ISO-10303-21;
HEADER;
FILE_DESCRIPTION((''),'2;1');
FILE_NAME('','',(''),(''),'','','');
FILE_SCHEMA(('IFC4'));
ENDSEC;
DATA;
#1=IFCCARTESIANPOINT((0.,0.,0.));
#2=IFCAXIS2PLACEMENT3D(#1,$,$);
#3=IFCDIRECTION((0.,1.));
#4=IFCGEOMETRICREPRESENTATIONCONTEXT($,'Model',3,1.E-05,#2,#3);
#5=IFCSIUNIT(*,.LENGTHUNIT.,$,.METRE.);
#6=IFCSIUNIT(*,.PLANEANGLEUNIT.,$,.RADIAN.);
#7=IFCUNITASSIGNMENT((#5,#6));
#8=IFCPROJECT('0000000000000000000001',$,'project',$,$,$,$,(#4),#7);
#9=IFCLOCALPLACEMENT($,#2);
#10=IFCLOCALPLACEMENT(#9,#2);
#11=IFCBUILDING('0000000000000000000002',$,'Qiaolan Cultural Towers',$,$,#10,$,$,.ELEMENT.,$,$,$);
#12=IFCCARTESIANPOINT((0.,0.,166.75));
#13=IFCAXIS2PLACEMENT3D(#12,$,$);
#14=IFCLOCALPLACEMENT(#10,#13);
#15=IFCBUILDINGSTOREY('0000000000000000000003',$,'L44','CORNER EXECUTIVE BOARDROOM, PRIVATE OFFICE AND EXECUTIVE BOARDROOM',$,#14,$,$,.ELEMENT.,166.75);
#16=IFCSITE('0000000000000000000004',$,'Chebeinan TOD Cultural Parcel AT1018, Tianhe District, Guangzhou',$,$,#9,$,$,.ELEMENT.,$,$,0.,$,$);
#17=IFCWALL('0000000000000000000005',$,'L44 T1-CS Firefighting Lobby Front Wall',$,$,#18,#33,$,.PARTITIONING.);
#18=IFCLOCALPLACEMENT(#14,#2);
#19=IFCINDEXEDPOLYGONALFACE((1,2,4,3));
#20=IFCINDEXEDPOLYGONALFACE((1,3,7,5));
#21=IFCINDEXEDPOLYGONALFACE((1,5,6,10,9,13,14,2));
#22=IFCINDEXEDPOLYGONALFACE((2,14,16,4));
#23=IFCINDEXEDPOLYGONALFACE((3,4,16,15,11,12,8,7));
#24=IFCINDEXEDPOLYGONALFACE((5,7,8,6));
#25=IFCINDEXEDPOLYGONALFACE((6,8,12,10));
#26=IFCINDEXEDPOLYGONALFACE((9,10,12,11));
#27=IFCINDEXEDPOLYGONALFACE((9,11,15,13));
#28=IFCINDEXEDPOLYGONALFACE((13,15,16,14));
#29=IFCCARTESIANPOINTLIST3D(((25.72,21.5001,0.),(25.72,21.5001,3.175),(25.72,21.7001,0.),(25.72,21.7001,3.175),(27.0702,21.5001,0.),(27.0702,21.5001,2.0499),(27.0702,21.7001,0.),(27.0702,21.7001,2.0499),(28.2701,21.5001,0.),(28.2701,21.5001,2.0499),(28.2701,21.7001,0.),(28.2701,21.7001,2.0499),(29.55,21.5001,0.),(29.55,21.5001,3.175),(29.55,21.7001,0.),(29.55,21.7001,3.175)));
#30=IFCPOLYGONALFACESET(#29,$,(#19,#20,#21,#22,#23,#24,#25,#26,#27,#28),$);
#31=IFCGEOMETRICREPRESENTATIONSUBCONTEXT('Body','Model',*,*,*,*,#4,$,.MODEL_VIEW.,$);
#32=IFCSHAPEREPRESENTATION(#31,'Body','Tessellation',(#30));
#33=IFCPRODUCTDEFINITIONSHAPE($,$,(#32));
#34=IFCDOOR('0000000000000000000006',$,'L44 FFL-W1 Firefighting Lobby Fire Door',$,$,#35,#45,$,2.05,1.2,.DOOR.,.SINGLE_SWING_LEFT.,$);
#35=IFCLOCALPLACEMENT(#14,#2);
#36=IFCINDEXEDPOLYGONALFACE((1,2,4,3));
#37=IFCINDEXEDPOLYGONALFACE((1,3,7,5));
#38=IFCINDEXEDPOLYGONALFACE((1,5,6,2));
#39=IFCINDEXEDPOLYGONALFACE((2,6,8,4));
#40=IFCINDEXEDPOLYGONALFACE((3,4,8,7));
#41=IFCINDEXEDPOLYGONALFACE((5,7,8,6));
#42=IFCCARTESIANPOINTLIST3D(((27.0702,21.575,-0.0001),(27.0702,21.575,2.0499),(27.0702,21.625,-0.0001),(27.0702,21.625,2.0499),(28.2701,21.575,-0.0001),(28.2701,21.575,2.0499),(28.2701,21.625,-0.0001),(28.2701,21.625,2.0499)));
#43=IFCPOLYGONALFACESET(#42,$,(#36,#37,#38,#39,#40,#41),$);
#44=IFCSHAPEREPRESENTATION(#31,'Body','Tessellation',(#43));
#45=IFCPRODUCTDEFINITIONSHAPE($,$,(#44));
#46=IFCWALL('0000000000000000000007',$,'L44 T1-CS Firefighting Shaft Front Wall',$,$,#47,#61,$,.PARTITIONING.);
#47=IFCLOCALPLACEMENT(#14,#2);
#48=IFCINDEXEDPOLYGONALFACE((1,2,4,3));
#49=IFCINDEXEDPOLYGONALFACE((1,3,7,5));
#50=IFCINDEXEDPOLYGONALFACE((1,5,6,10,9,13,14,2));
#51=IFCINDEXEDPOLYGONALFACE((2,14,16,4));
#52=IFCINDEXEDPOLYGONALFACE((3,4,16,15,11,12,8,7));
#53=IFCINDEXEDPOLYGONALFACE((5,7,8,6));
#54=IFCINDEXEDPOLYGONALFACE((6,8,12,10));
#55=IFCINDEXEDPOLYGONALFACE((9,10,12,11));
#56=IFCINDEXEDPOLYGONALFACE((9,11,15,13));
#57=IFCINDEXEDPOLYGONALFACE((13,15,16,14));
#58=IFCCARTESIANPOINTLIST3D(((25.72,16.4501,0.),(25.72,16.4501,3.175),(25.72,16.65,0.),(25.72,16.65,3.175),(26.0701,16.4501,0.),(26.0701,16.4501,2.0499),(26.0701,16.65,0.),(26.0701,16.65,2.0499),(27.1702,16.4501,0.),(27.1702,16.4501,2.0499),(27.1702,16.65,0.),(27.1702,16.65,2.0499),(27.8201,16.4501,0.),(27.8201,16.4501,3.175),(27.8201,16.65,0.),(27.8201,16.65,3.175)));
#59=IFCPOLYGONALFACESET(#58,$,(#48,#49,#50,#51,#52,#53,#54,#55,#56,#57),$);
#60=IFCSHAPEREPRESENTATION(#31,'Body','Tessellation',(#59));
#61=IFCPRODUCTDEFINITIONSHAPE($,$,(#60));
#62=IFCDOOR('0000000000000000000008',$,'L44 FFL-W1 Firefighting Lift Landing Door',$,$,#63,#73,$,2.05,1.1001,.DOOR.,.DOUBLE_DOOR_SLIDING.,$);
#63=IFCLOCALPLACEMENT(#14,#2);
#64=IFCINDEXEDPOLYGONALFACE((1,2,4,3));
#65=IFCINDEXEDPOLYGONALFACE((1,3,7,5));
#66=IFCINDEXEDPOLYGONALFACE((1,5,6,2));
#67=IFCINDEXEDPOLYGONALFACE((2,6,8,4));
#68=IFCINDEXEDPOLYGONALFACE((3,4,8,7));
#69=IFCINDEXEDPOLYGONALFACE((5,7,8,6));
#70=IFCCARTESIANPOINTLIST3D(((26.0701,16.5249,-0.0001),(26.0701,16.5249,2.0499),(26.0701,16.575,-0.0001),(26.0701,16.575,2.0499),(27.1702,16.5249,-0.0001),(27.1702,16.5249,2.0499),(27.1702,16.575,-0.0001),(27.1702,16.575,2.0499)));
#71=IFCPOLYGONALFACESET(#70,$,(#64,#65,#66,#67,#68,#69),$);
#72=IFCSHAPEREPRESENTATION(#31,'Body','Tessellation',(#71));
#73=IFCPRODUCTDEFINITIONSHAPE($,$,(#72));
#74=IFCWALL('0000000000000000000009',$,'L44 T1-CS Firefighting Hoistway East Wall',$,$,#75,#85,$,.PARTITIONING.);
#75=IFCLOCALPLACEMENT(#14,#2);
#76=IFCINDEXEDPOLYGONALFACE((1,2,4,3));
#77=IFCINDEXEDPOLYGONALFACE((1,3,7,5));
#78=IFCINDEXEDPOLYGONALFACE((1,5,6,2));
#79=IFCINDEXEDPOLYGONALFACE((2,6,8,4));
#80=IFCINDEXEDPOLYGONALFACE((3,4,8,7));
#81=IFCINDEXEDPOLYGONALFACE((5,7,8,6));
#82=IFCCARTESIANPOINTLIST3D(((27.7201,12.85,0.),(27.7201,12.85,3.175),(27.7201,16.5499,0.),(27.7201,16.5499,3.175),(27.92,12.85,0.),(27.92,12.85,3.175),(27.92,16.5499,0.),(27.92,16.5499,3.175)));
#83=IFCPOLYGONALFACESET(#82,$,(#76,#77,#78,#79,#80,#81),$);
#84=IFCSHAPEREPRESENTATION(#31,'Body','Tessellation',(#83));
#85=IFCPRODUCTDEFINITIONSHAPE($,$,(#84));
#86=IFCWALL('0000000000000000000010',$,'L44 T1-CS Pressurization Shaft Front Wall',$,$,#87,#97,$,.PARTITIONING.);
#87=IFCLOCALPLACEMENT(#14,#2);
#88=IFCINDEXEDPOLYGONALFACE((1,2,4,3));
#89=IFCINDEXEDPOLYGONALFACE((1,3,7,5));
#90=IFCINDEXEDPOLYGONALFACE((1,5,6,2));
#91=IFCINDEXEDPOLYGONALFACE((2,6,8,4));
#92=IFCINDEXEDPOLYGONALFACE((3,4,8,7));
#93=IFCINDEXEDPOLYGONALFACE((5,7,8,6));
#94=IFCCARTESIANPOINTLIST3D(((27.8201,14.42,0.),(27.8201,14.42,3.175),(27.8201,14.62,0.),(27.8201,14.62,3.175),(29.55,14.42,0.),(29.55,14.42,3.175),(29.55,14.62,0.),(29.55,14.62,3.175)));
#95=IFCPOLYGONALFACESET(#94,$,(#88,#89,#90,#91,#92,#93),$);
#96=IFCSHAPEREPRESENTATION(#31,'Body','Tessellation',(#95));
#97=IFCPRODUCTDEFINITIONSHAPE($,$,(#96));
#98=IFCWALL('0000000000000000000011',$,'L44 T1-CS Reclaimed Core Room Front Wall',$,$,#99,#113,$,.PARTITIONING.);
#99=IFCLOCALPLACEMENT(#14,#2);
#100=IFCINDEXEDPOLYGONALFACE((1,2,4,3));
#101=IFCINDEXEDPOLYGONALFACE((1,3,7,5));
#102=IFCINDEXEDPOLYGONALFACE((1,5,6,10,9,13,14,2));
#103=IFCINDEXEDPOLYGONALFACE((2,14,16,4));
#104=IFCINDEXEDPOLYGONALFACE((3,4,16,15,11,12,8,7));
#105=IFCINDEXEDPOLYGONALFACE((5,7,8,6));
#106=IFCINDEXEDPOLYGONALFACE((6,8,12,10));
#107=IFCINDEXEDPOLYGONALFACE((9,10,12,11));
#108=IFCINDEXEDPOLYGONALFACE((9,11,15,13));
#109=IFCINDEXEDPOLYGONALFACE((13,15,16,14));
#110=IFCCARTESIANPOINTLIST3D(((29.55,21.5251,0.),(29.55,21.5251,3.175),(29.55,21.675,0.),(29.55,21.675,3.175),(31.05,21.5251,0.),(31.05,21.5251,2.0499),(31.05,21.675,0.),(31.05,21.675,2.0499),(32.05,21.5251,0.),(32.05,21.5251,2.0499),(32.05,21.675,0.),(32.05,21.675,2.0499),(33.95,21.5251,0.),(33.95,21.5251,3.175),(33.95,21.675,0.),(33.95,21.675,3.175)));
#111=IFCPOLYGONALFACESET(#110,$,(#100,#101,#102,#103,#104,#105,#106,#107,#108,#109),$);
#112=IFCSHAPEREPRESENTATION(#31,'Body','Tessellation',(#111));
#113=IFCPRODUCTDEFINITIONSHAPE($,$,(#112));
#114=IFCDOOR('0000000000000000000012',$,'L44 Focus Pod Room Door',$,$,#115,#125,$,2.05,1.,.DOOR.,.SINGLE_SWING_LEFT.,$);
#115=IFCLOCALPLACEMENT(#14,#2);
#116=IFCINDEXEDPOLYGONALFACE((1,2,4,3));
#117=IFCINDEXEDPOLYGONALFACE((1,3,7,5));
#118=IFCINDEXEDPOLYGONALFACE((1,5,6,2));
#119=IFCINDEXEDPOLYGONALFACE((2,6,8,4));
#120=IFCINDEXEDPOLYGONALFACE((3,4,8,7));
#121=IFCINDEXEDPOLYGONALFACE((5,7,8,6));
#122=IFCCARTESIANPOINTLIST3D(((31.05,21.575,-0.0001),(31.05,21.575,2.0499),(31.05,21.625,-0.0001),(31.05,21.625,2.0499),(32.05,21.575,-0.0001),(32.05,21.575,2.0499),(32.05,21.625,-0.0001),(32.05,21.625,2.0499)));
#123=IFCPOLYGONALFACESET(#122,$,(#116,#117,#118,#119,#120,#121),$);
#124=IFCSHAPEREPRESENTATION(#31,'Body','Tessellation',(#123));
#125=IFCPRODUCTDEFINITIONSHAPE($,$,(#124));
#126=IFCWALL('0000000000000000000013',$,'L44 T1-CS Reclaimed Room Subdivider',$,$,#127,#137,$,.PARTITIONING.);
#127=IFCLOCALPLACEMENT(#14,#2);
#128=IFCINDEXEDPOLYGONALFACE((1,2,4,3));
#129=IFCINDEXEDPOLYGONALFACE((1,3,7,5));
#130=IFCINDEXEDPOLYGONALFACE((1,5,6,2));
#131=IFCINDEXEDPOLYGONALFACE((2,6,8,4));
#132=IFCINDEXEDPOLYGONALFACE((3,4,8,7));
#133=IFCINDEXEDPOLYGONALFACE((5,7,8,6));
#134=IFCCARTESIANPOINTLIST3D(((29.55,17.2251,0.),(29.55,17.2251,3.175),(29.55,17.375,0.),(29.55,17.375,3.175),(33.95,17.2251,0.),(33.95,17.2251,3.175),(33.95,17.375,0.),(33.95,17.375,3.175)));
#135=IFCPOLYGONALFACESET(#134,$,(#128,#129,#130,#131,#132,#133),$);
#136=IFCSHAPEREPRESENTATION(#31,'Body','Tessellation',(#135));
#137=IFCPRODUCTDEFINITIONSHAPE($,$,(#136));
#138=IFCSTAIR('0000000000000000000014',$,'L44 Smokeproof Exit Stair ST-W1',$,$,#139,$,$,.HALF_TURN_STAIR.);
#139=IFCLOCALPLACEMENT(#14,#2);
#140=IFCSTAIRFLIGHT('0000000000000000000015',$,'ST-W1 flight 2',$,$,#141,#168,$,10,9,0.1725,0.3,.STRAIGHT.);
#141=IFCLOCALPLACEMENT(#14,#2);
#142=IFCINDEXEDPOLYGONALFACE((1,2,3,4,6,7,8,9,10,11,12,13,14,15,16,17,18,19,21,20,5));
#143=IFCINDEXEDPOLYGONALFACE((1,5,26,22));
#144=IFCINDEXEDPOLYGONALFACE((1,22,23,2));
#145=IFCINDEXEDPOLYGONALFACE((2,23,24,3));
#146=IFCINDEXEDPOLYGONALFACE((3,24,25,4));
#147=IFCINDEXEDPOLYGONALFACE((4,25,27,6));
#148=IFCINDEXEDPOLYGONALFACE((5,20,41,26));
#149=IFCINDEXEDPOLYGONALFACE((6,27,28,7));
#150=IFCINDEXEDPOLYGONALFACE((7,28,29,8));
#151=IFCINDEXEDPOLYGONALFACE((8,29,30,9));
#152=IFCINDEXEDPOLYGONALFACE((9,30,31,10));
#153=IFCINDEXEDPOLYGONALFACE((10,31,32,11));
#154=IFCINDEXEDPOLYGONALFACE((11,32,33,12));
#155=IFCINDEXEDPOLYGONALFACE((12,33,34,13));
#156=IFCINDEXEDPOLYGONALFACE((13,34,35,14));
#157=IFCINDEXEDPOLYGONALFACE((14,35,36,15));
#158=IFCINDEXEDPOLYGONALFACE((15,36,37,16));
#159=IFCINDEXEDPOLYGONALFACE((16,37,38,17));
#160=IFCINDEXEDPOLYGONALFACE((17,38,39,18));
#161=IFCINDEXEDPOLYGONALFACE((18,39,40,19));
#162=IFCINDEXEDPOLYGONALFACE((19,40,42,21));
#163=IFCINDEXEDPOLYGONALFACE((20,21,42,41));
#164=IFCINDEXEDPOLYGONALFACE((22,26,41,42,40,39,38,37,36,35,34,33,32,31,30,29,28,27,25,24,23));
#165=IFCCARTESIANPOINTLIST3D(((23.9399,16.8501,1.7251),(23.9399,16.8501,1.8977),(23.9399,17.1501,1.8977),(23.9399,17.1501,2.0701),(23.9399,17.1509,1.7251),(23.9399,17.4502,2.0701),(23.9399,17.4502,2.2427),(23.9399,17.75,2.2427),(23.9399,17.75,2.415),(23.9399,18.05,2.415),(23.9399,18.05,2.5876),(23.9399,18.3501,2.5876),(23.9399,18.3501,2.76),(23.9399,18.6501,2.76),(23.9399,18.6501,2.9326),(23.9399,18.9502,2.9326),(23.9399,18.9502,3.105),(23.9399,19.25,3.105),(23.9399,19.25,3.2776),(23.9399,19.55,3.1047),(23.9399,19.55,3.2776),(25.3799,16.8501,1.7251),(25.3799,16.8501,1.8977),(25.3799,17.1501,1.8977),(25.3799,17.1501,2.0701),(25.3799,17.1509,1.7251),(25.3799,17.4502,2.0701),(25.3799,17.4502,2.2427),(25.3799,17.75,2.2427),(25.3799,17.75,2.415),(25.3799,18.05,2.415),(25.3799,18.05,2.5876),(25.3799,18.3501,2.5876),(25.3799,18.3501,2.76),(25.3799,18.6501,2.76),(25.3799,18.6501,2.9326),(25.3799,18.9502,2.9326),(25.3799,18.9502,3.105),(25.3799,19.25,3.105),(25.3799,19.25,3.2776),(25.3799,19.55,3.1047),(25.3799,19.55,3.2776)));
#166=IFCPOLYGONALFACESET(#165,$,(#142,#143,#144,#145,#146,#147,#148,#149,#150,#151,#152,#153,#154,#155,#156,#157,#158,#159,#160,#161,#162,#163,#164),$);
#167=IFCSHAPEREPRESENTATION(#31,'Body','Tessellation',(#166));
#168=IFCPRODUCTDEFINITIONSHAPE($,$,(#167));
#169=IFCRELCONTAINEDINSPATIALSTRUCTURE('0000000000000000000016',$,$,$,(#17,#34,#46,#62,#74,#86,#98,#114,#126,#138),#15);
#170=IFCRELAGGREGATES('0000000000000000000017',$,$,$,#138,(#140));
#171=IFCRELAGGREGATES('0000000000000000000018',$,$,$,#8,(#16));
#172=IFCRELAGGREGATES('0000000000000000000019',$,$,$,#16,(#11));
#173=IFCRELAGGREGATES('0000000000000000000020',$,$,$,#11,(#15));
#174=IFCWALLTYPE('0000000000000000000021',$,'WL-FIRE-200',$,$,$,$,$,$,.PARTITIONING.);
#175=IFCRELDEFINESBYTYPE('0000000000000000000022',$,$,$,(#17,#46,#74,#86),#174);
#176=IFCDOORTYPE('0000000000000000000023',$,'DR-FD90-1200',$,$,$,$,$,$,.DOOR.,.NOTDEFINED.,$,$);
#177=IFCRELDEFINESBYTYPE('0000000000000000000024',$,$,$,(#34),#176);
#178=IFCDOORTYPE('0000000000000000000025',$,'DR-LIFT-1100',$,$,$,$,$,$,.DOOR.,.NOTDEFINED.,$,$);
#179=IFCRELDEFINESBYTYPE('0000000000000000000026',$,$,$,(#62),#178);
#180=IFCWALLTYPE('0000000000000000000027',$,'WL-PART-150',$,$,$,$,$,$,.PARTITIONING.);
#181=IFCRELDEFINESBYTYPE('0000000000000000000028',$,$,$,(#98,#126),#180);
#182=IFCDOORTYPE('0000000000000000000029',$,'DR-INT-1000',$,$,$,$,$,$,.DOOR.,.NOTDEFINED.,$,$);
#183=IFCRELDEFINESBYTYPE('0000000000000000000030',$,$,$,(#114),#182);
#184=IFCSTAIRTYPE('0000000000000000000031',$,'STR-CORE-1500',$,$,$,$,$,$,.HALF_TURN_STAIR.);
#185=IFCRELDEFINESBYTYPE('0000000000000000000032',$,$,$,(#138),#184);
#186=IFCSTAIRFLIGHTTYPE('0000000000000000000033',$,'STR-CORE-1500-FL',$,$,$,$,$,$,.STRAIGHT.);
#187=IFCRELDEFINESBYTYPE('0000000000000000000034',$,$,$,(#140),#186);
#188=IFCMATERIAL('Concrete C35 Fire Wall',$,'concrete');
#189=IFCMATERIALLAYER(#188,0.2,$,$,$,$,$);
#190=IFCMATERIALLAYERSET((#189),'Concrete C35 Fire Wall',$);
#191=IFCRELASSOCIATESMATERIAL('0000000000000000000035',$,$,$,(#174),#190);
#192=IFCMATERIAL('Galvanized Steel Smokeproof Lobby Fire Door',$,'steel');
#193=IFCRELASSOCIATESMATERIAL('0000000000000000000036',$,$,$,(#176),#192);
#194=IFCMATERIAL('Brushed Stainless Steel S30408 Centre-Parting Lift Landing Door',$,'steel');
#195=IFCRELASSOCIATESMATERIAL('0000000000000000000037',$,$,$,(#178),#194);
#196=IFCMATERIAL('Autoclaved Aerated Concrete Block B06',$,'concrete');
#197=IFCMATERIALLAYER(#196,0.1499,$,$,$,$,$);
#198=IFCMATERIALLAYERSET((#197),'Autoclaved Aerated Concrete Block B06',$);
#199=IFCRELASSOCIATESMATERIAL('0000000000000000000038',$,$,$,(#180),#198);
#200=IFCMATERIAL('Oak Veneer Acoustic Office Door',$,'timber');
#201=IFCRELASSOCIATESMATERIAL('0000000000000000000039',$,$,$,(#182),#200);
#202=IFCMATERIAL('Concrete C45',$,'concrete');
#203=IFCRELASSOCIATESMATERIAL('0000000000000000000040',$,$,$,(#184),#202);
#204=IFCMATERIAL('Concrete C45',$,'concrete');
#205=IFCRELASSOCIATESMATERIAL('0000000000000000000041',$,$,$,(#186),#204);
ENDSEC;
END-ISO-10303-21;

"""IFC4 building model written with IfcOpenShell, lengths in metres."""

from ifc_helpers import new_model, si_unit, direction, frame, frame_2d, origin, place, context, subcontext, project, spatial, polyline, rectangle, outline, extrude, material, layer, layer_set, type_object, element, fill, aggregate, save


model = new_model("IFC4")

# Units and contexts
model_context = context("Model", 3, precision=1e-05, world=origin(), true_north=direction((0.0, 1.0)))
body_context = subcontext(model_context, "Body", "Model", "MODEL_VIEW")
ifc_project = project(units=[si_unit("LENGTHUNIT", "METRE"), si_unit("PLANEANGLEUNIT", "RADIAN")], contexts=[model_context])

# Site, building, storey
site_placement = place(None, origin())
site = spatial("IfcSite", under=ifc_project, at=site_placement, Name="Chebeinan TOD Cultural Parcel AT1018, Tianhe District, Guangzhou", CompositionType="ELEMENT", RefElevation=0.0)
building_placement = place(site_placement, origin())
building = spatial("IfcBuilding", under=site, at=building_placement, Name="Qiaolan Cultural Towers", CompositionType="ELEMENT")
storey_placement = place(building_placement, frame((0.0, 0.0, 166.75)))
storey = spatial("IfcBuildingStorey", under=building, at=storey_placement, Name="L44", Description="CORNER EXECUTIVE BOARDROOM, PRIVATE OFFICE AND EXECUTIVE BOARDROOM", CompositionType="ELEMENT", Elevation=166.75)

# Shared definitions
ifc_material_1 = material(Name="Concrete C35 Fire Wall", Category="concrete")
ifc_layer_1 = layer(ifc_material_1, 0.2)
ifc_layer_set_1 = layer_set([ifc_layer_1], Name="Concrete C35 Fire Wall")
wall_type_1 = type_object("IfcWallType", Name="WL-FIRE-200", PredefinedType="PARTITIONING", material=ifc_layer_set_1)

# Walls, openings, doors
wall_1_placement = place(storey_placement, frame((25.72, 21.6001, 0.0), z_axis=(0.0, 0.0, 1.0), x_axis=(1.0, 0.0, 0.0)))
wall_1 = element("IfcWall", 1, at=wall_1_placement, inside=storey, type_object=wall_type_1, Name="L44 T1-CS Firefighting Lobby Front Wall", PredefinedType="PARTITIONING", context=body_context, shape_type="SweptSolid", body=[
    extrude(rectangle(XDim=3.8301, YDim=0.2, at=frame_2d((1.915, 0.0))), origin(), (0.0, 0.0, 1.0), 3.175),
])
opening_1_placement = place(wall_1_placement, frame((1.3501, 0.0, 0.0)))
opening_1 = element("IfcOpeningElement", 2, at=opening_1_placement, cuts=wall_1, PredefinedType="OPENING", context=body_context, shape_type="SweptSolid", body=[
    extrude(rectangle(XDim=1.2, YDim=2.05, at=frame_2d((0.6001, 1.0249))), frame((0.0, 0.1099, 0.0), z_axis=(0.0, -1.0, 0.0), x_axis=(1.0, 0.0, 0.0)), (0.0, 0.0, 1.0), 0.22),
])
ifc_material_2 = material(Name="Galvanized Steel Smokeproof Lobby Fire Door", Category="steel")
door_type_1 = type_object("IfcDoorType", Name="DR-FD90-1200", OperationType="NOTDEFINED", PredefinedType="DOOR", material=ifc_material_2)
door_1_placement = place(opening_1_placement, origin())
door_1 = element("IfcDoor", 3, at=door_1_placement, inside=storey, type_object=door_type_1, Name="L44 FFL-W1 Firefighting Lobby Fire Door", OperationType="SINGLE_SWING_LEFT", OverallHeight=2.05, OverallWidth=1.2, PredefinedType="DOOR", context=body_context, shape_type="SweptSolid", body=[
    extrude(rectangle(XDim=1.2, YDim=2.05, at=frame_2d((0.6001, 1.0249))), frame((0.0, 0.0249, 0.0), z_axis=(0.0, -1.0, 0.0), x_axis=(1.0, 0.0, 0.0)), (0.0, 0.0, 1.0), 0.05),
])
fill(opening_1, door_1)
wall_2_placement = place(storey_placement, frame((25.72, 16.55, 0.0), z_axis=(0.0, 0.0, 1.0), x_axis=(1.0, 0.0, 0.0)))
wall_2 = element("IfcWall", 4, at=wall_2_placement, inside=storey, type_object=wall_type_1, Name="L44 T1-CS Firefighting Shaft Front Wall", PredefinedType="PARTITIONING", context=body_context, shape_type="SweptSolid", body=[
    extrude(rectangle(XDim=2.1001, YDim=0.2, at=frame_2d((1.05, 0.0))), origin(), (0.0, 0.0, 1.0), 3.175),
])
opening_2_placement = place(wall_2_placement, frame((0.3501, 0.0, 0.0)))
opening_2 = element("IfcOpeningElement", 5, at=opening_2_placement, cuts=wall_2, PredefinedType="OPENING", context=body_context, shape_type="SweptSolid", body=[
    extrude(rectangle(XDim=1.1001, YDim=2.05, at=frame_2d((0.55, 1.0249))), frame((0.0, 0.1099, 0.0), z_axis=(0.0, -1.0, 0.0), x_axis=(1.0, 0.0, 0.0)), (0.0, 0.0, 1.0), 0.22),
])
ifc_material_3 = material(Name="Brushed Stainless Steel S30408 Centre-Parting Lift Landing Door", Category="steel")
door_type_2 = type_object("IfcDoorType", Name="DR-LIFT-1100", OperationType="NOTDEFINED", PredefinedType="DOOR", material=ifc_material_3)
door_2_placement = place(opening_2_placement, origin())
door_2 = element("IfcDoor", 6, at=door_2_placement, inside=storey, type_object=door_type_2, Name="L44 FFL-W1 Firefighting Lift Landing Door", OperationType="DOUBLE_DOOR_SLIDING", OverallHeight=2.05, OverallWidth=1.1001, PredefinedType="DOOR", context=body_context, shape_type="SweptSolid", body=[
    extrude(rectangle(XDim=1.1001, YDim=2.05, at=frame_2d((0.55, 1.0249))), frame((0.0, 0.0249, 0.0), z_axis=(0.0, -1.0, 0.0), x_axis=(1.0, 0.0, 0.0)), (0.0, 0.0, 1.0), 0.05),
])
fill(opening_2, door_2)

# Walls
wall_3_placement = place(storey_placement, frame((27.8201, 16.55, 0.0), z_axis=(0.0, 0.0, 1.0), x_axis=(0.0, -1.0, 0.0)))
element("IfcWall", 7, at=wall_3_placement, inside=storey, type_object=wall_type_1, Name="L44 T1-CS Firefighting Hoistway East Wall", PredefinedType="PARTITIONING", context=body_context, shape_type="SweptSolid", body=[
    extrude(rectangle(XDim=3.7, YDim=0.2, at=frame_2d((1.8501, 0.0))), origin(), (0.0, 0.0, 1.0), 3.175),
])
wall_4_placement = place(storey_placement, frame((27.8201, 14.52, 0.0), z_axis=(0.0, 0.0, 1.0), x_axis=(1.0, 0.0, 0.0)))
element("IfcWall", 8, at=wall_4_placement, inside=storey, type_object=wall_type_1, Name="L44 T1-CS Pressurization Shaft Front Wall", PredefinedType="PARTITIONING", context=body_context, shape_type="SweptSolid", body=[
    extrude(rectangle(XDim=1.73, YDim=0.2, at=frame_2d((0.865, 0.0))), origin(), (0.0, 0.0, 1.0), 3.175),
])

# Wall, opening, door
ifc_material_4 = material(Name="Autoclaved Aerated Concrete Block B06", Category="concrete")
ifc_layer_2 = layer(ifc_material_4, 0.1499)
ifc_layer_set_2 = layer_set([ifc_layer_2], Name="Autoclaved Aerated Concrete Block B06")
wall_type_2 = type_object("IfcWallType", Name="WL-PART-150", PredefinedType="PARTITIONING", material=ifc_layer_set_2)
wall_5_placement = place(storey_placement, frame((29.55, 21.6001, 0.0), z_axis=(0.0, 0.0, 1.0), x_axis=(1.0, 0.0, 0.0)))
wall_5 = element("IfcWall", 9, at=wall_5_placement, inside=storey, type_object=wall_type_2, Name="L44 T1-CS Reclaimed Core Room Front Wall", PredefinedType="PARTITIONING", context=body_context, shape_type="SweptSolid", body=[
    extrude(rectangle(XDim=4.3999, YDim=0.1499, at=frame_2d((2.2, 0.0))), origin(), (0.0, 0.0, 1.0), 3.175),
])
opening_3_placement = place(wall_5_placement, frame((1.5, 0.0, 0.0)))
opening_3 = element("IfcOpeningElement", 10, at=opening_3_placement, cuts=wall_5, PredefinedType="OPENING", context=body_context, shape_type="SweptSolid", body=[
    extrude(rectangle(XDim=1.0, YDim=2.05, at=frame_2d((0.5, 1.0249))), frame((0.0, 0.085, 0.0), z_axis=(0.0, -1.0, 0.0), x_axis=(1.0, 0.0, 0.0)), (0.0, 0.0, 1.0), 0.1699),
])
ifc_material_5 = material(Name="Oak Veneer Acoustic Office Door", Category="timber")
door_type_3 = type_object("IfcDoorType", Name="DR-INT-1000", OperationType="NOTDEFINED", PredefinedType="DOOR", material=ifc_material_5)
door_3_placement = place(opening_3_placement, origin())
door_3 = element("IfcDoor", 11, at=door_3_placement, inside=storey, type_object=door_type_3, Name="L44 Focus Pod Room Door", OperationType="SINGLE_SWING_LEFT", OverallHeight=2.05, OverallWidth=1.0, PredefinedType="DOOR", context=body_context, shape_type="SweptSolid", body=[
    extrude(rectangle(XDim=1.0, YDim=2.05, at=frame_2d((0.5, 1.0249))), frame((0.0, 0.0249, 0.0), z_axis=(0.0, -1.0, 0.0), x_axis=(1.0, 0.0, 0.0)), (0.0, 0.0, 1.0), 0.05),
])
fill(opening_3, door_3)

# Wall
wall_6_placement = place(storey_placement, frame((29.55, 17.3, 0.0), z_axis=(0.0, 0.0, 1.0), x_axis=(1.0, 0.0, 0.0)))
element("IfcWall", 12, at=wall_6_placement, inside=storey, type_object=wall_type_2, Name="L44 T1-CS Reclaimed Room Subdivider", PredefinedType="PARTITIONING", context=body_context, shape_type="SweptSolid", body=[
    extrude(rectangle(XDim=4.3999, YDim=0.1499, at=frame_2d((2.2, 0.0))), origin(), (0.0, 0.0, 1.0), 3.175),
])

# Stair, stair flight
ifc_material_6 = material(Name="Concrete C45", Category="concrete")
stair_type = type_object("IfcStairType", Name="STR-CORE-1500", PredefinedType="HALF_TURN_STAIR", material=ifc_material_6)
stair_placement = place(storey_placement, origin())
stair = element("IfcStair", 13, at=stair_placement, inside=storey, type_object=stair_type, Name="L44 Smokeproof Exit Stair ST-W1", PredefinedType="HALF_TURN_STAIR")
ifc_material_7 = material(Name="Concrete C45", Category="concrete")
stair_flight_type = type_object("IfcStairFlightType", Name="STR-CORE-1500-FL", PredefinedType="STRAIGHT", material=ifc_material_7)
stair_flight_placement = place(storey_placement, frame((24.6599, 16.8501, 1.7251), z_axis=(0.0, 0.0, 1.0), x_axis=(0.0, 1.0, 0.0)))
stair_flight = element("IfcStairFlight", 14, at=stair_flight_placement, type_object=stair_flight_type, Name="ST-W1 flight 2", NumberOfRisers=10, NumberOfTreads=9, PredefinedType="STRAIGHT", RiserHeight=0.1725, TreadLength=0.3, context=body_context, shape_type="SweptSolid", body=[
    extrude(outline(polyline([(0.0, 0.0), (0.0, 0.1726), (0.3, 0.1726), (0.3, 0.345), (0.6001, 0.345), (0.6001, 0.5176), (0.8999, 0.5176), (0.8999, 0.6899), (1.2, 0.6899), (1.2, 0.8625), (1.5, 0.8625), (1.5, 1.0349), (1.8, 1.0349), (1.8, 1.2075), (2.1001, 1.2075), (2.1001, 1.3799), (2.3999, 1.3799), (2.3999, 1.5525), (2.7, 1.5525), (2.7, 1.7251), (2.7, 1.3796), (0.3008, 0.0), (0.0, 0.0)])), frame((0.0, 0.72, 0.0), z_axis=(0.0, -1.0, 0.0), x_axis=(1.0, 0.0, 0.0)), (0.0, 0.0, 1.0), 1.4399),
])
aggregate(stair, [stair_flight])

save(model, "model.ifc")
